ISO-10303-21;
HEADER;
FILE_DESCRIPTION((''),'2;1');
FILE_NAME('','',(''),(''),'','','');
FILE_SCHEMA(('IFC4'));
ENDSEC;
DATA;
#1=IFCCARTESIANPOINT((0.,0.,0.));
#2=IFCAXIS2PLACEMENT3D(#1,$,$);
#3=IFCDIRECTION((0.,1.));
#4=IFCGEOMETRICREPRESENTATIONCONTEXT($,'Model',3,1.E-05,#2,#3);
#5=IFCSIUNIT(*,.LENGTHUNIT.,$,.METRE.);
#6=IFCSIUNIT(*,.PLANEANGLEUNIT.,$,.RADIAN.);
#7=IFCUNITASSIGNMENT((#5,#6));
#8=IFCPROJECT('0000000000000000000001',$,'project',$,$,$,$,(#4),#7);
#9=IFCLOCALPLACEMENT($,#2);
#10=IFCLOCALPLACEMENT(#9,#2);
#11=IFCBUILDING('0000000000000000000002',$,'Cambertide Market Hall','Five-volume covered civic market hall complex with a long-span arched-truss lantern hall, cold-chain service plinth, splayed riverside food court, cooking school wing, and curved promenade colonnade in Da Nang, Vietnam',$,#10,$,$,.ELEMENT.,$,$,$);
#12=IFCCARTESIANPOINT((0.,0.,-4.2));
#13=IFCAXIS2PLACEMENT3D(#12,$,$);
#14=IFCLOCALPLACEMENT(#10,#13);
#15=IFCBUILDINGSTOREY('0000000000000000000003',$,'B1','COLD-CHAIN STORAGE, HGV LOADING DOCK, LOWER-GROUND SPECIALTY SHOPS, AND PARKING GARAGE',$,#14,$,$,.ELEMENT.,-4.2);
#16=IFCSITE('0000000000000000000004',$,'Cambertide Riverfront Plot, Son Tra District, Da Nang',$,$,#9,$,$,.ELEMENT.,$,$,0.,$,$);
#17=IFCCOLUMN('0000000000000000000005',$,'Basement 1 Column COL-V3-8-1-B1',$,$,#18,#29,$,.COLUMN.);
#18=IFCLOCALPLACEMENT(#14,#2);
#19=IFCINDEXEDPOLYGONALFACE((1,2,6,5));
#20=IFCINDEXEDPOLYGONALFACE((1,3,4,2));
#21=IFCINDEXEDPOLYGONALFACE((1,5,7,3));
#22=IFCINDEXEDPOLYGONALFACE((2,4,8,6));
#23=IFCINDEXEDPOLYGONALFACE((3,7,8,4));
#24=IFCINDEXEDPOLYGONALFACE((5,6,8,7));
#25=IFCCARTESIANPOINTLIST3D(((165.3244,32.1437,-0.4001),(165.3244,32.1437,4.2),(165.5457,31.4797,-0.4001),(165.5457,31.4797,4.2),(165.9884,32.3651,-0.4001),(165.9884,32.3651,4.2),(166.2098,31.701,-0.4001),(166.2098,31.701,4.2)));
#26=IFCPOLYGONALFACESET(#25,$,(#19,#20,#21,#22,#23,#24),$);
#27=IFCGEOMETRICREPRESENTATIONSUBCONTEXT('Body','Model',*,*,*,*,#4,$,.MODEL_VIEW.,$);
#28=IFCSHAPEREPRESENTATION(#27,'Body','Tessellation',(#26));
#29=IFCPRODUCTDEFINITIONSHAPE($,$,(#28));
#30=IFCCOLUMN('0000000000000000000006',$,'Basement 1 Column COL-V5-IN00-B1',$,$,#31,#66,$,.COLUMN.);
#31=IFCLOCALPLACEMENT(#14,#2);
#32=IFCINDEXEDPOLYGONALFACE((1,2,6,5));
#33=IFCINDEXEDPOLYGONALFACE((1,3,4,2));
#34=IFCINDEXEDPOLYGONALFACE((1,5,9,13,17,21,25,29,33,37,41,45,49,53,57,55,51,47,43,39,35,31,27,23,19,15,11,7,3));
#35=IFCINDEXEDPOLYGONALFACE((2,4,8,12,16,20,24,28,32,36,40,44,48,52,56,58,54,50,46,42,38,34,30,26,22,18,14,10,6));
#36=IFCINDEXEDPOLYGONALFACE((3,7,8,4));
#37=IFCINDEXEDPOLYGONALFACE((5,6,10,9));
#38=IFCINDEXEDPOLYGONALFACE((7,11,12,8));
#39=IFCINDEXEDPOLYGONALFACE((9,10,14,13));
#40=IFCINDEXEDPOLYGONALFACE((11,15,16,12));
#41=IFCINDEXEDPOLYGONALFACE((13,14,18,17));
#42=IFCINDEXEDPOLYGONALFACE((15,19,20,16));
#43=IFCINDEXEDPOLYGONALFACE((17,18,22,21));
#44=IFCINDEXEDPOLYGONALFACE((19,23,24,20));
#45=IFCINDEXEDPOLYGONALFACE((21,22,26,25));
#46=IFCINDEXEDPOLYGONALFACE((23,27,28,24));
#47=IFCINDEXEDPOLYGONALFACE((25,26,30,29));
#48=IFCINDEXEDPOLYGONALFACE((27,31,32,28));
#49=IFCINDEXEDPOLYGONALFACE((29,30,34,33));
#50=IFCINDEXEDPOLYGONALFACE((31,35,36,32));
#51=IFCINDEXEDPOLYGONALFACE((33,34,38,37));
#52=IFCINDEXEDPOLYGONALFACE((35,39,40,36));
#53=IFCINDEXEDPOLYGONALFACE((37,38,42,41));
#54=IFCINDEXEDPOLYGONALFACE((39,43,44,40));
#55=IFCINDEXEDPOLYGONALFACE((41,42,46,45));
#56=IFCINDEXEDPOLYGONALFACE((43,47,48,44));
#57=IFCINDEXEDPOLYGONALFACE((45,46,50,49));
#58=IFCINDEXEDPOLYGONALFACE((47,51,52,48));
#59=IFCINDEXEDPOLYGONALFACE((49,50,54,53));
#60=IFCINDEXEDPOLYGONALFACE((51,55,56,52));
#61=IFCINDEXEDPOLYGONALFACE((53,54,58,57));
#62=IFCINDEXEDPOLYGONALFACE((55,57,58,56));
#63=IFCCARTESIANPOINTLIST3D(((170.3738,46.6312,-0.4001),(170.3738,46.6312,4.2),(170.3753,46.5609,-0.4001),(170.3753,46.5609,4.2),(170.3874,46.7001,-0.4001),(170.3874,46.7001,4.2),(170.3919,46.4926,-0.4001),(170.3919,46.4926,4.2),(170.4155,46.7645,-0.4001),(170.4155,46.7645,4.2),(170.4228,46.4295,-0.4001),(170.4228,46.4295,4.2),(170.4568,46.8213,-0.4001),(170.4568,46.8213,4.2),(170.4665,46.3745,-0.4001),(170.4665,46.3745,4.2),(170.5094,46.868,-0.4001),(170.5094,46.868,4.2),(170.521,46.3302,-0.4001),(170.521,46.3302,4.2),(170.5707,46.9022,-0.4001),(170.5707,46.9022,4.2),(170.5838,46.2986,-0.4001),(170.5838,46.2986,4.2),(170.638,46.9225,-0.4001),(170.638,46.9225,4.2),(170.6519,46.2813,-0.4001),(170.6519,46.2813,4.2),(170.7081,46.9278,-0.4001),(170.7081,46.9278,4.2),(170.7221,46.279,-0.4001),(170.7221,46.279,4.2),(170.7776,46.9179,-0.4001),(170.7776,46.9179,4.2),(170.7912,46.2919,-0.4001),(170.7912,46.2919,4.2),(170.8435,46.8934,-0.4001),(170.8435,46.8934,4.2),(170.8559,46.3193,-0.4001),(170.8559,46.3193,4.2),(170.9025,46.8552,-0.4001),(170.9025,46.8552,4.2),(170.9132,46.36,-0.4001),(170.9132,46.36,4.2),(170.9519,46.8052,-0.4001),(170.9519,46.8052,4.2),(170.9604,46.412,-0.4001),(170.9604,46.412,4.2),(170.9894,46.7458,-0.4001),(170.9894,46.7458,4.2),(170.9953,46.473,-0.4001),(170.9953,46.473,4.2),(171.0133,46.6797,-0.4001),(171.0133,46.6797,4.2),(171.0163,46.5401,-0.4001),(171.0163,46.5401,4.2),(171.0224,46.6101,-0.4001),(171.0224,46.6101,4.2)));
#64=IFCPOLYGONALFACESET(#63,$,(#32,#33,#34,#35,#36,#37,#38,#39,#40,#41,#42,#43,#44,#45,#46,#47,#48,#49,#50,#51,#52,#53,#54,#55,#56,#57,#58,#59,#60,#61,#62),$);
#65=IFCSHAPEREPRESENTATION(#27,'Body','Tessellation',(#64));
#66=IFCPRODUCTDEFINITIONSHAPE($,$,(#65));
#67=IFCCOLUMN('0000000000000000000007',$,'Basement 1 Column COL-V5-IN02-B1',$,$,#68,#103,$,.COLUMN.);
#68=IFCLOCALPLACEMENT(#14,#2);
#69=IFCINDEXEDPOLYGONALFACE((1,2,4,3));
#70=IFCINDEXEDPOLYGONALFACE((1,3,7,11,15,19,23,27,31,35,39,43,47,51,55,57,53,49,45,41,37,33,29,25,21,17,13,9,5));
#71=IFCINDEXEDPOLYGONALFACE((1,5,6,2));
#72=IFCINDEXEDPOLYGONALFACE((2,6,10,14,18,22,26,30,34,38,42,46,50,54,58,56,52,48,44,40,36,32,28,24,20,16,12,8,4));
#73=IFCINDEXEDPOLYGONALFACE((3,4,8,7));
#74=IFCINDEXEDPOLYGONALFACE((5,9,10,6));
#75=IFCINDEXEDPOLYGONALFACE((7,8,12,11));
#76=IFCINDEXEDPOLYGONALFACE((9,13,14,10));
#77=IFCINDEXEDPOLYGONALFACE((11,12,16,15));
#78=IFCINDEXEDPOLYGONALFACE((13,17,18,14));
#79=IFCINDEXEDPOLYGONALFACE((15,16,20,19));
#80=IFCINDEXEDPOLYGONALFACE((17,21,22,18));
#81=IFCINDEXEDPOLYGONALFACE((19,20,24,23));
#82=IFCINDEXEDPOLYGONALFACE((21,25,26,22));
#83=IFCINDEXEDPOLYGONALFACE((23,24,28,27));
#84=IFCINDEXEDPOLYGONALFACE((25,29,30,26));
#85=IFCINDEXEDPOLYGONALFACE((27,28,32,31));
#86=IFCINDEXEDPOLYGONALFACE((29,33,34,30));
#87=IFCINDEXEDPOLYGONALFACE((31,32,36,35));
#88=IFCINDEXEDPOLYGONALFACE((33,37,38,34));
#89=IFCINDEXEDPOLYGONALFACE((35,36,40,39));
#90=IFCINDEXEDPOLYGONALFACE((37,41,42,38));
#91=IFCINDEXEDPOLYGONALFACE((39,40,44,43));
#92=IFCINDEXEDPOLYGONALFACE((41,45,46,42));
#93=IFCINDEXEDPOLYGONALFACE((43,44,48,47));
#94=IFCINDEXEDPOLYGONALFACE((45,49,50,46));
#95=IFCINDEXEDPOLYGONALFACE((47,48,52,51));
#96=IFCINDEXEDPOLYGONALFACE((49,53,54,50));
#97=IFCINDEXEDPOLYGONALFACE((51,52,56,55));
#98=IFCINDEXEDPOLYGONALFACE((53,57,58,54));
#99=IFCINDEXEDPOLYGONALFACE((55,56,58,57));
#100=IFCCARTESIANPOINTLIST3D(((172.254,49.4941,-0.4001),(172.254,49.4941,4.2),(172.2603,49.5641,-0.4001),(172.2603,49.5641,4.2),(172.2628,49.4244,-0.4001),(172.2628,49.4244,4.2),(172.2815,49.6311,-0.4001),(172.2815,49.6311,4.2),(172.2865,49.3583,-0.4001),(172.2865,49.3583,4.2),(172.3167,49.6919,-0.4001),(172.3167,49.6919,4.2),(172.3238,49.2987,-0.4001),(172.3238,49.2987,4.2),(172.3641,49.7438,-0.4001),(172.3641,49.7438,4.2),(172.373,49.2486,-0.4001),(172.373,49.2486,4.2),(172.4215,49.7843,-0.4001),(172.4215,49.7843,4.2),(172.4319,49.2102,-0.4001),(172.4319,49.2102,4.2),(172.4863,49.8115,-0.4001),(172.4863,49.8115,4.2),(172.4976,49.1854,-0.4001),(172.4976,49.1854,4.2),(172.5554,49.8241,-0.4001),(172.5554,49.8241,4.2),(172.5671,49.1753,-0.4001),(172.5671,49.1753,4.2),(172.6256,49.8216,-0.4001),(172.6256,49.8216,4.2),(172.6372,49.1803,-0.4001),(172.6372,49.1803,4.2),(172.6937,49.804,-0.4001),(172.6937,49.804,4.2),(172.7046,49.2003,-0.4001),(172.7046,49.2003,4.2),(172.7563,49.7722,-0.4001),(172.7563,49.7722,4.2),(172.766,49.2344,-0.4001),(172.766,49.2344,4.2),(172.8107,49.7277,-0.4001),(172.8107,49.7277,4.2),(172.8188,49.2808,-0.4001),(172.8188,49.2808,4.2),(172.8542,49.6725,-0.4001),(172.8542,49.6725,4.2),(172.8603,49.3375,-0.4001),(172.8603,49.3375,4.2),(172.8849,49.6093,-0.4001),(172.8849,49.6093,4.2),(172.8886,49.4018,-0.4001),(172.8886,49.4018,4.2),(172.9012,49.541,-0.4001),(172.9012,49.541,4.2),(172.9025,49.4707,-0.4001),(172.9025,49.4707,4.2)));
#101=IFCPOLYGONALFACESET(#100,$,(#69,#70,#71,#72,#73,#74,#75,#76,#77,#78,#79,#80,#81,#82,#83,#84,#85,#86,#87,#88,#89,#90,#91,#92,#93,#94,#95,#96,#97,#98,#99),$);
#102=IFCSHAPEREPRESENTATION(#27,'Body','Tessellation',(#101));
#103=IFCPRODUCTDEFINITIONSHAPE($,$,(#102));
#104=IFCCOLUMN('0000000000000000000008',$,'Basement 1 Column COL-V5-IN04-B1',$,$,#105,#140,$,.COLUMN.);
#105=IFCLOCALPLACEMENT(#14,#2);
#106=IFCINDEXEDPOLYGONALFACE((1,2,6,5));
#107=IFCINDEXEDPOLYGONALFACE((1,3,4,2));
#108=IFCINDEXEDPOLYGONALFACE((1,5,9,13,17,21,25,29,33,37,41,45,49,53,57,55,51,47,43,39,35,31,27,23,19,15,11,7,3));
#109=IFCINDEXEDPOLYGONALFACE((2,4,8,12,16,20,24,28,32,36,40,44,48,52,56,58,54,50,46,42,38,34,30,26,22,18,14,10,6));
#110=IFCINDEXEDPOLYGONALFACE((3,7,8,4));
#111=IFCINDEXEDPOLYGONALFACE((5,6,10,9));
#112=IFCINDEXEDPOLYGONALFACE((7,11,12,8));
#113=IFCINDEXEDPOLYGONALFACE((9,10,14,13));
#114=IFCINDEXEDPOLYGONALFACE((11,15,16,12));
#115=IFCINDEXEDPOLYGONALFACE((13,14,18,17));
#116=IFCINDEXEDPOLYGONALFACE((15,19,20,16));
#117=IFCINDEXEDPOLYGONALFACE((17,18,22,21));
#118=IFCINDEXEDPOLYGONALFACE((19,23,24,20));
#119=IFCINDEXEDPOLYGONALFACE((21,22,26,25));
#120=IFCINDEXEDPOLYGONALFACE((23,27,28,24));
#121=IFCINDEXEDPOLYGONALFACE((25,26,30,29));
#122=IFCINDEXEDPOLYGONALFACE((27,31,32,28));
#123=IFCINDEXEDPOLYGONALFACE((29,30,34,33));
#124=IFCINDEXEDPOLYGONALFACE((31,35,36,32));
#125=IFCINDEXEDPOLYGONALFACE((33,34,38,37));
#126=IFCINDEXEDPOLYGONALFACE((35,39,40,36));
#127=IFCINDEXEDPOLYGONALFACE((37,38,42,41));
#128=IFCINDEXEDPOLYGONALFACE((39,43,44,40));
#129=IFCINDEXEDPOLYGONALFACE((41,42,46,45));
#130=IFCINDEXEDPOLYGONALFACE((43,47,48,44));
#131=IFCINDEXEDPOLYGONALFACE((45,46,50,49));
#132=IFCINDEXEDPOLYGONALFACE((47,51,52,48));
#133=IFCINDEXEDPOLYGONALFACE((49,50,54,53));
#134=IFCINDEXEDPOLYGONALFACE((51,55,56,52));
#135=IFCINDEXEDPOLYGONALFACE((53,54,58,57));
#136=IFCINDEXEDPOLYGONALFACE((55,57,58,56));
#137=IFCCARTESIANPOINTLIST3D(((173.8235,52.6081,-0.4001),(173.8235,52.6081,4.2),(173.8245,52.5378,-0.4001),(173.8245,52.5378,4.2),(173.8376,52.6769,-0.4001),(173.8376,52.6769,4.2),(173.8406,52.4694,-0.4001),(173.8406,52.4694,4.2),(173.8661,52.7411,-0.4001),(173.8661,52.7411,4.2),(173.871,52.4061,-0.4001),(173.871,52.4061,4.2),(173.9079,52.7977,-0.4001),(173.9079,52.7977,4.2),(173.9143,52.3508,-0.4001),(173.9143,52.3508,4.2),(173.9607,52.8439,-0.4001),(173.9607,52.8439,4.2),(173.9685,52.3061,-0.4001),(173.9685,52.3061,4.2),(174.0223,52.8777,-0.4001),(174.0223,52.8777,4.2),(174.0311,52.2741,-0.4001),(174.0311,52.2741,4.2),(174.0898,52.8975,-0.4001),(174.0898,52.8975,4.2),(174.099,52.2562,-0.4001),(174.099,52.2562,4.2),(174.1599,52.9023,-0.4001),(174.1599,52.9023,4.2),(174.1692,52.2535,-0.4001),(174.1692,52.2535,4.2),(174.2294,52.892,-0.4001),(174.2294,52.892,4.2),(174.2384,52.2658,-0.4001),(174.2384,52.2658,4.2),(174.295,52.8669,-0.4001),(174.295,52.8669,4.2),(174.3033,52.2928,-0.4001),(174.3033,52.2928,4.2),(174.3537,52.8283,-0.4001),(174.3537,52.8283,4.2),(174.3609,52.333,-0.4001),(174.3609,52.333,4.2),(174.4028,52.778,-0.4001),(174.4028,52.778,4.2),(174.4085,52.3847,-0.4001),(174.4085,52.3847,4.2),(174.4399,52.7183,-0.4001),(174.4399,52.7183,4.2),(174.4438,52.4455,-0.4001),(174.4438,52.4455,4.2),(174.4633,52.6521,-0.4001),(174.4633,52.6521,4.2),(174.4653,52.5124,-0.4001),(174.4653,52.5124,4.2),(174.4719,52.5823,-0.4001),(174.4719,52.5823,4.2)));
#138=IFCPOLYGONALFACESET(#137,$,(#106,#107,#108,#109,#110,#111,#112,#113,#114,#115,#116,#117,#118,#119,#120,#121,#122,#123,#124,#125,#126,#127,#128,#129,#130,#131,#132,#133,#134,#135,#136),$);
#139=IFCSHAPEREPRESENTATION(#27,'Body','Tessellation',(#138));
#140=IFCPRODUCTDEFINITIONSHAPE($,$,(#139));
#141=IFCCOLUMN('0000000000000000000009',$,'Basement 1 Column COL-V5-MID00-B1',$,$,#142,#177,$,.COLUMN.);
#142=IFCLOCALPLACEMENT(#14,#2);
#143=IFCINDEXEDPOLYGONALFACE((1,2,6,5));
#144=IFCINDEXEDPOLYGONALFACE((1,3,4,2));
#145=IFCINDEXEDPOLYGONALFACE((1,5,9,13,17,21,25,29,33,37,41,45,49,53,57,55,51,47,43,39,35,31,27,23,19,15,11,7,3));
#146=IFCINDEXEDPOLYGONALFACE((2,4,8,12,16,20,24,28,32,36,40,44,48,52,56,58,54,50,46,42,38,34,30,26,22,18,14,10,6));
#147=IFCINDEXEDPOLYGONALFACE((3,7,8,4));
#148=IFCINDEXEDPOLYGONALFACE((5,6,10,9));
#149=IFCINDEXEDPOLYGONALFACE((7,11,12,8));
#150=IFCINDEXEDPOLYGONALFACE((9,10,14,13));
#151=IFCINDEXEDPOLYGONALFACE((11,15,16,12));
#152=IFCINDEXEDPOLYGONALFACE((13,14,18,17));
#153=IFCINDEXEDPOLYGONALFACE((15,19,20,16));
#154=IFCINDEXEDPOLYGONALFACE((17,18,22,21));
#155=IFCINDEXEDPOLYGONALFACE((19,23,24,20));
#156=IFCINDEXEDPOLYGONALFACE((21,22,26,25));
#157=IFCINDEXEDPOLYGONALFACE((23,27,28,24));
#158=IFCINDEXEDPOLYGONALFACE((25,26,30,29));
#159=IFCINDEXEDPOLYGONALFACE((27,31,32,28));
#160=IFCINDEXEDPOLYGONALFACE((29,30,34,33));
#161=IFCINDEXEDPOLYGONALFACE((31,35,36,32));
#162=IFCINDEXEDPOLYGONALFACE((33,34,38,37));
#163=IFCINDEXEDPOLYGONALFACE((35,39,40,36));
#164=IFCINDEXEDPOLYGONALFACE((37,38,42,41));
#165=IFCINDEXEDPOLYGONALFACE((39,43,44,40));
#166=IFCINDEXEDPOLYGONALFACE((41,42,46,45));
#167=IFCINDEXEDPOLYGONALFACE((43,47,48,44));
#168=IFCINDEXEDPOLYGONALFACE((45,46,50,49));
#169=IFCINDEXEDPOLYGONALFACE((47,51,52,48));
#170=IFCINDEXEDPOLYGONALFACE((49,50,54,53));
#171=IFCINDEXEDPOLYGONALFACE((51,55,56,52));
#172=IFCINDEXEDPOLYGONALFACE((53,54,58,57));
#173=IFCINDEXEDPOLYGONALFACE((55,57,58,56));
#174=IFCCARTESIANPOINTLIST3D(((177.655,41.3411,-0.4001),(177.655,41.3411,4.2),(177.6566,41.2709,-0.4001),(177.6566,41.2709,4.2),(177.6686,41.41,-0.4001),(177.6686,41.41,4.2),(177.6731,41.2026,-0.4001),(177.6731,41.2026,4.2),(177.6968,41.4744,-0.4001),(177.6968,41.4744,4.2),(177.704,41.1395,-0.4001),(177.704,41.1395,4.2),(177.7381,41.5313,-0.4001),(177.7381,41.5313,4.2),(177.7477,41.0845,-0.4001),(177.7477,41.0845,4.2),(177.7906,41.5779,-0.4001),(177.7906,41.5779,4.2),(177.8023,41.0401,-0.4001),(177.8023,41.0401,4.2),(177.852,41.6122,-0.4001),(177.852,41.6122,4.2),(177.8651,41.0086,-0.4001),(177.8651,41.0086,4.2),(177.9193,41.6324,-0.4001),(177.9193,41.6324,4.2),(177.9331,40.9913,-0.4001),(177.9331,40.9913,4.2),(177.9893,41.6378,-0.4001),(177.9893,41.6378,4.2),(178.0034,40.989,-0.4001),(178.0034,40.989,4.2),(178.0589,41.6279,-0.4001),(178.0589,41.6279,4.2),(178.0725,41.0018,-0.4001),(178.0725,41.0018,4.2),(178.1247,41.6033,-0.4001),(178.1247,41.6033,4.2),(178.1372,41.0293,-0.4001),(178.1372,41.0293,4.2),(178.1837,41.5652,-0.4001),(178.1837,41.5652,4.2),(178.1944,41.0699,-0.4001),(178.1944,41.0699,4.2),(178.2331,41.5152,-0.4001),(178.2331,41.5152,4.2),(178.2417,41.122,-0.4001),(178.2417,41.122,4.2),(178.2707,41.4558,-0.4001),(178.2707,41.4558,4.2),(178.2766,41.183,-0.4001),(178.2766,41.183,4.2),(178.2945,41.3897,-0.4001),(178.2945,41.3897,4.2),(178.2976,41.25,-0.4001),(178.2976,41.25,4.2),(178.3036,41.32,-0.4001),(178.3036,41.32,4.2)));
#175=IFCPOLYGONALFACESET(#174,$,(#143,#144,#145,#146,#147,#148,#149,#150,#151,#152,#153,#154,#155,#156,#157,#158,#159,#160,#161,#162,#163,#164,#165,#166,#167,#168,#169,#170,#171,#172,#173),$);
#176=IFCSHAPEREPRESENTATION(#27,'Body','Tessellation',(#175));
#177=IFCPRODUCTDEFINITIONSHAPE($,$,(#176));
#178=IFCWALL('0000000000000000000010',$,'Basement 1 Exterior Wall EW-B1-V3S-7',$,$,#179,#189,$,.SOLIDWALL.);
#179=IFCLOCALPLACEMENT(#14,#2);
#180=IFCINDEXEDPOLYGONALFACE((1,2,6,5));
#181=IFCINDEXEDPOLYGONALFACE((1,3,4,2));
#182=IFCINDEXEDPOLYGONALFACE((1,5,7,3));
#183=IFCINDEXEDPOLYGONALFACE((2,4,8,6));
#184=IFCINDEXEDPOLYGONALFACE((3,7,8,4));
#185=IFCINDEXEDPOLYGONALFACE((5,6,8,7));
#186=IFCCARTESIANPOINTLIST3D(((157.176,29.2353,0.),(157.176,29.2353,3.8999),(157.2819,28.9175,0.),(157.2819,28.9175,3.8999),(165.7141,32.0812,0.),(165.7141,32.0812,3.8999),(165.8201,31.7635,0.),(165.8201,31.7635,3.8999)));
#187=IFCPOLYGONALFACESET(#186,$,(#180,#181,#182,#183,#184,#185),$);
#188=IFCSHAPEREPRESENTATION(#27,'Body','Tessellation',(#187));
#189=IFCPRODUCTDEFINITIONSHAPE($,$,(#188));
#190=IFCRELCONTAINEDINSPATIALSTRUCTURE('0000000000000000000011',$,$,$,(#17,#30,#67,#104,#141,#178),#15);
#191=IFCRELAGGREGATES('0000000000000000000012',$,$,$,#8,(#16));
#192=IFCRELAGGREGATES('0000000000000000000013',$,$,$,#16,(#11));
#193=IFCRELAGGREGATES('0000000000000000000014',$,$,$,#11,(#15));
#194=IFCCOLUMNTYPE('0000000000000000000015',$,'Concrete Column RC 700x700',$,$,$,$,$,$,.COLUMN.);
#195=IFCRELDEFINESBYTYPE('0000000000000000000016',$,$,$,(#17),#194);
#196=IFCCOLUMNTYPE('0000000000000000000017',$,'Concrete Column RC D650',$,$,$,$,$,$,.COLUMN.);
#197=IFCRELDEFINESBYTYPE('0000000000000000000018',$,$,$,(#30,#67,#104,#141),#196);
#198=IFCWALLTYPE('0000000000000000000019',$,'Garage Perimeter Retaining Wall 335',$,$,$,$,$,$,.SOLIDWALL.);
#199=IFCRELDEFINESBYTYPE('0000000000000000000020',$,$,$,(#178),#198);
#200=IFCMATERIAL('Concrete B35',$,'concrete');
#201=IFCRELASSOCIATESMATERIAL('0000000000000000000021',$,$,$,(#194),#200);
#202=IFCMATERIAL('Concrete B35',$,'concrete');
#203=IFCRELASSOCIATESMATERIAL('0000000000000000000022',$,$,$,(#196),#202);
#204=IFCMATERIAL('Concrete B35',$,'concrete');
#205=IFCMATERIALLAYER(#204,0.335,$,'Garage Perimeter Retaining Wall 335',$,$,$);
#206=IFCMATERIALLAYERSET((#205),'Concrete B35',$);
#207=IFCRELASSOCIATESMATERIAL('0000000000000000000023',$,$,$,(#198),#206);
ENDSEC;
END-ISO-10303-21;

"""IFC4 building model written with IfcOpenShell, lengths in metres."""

from ifc_helpers import new_model, si_unit, direction, frame, frame_2d, origin, origin_2d, place, context, subcontext, project, spatial, rectangle, circle, extrude, material, layer, layer_set, material_profile, profile_set, type_object, element, save


model = new_model("IFC4")

# Units and contexts
model_context = context("Model", 3, precision=1e-05, world=origin(), true_north=direction((0.0, 1.0)))
body_context = subcontext(model_context, "Body", "Model", "MODEL_VIEW")
ifc_project = project(units=[si_unit("LENGTHUNIT", "METRE"), si_unit("PLANEANGLEUNIT", "RADIAN")], contexts=[model_context])

# Site, building, storey
site_placement = place(None, origin())
site = spatial("IfcSite", under=ifc_project, at=site_placement, Name="Cambertide Riverfront Plot, Son Tra District, Da Nang", CompositionType="ELEMENT", RefElevation=0.0)
building_placement = place(site_placement, origin())
building = spatial("IfcBuilding", under=site, at=building_placement, Name="Cambertide Market Hall", Description="Five-volume covered civic market hall complex with a long-span arched-truss lantern hall, cold-chain service plinth, splayed riverside food court, cooking school wing, and curved promenade colonnade in Da Nang, Vietnam", CompositionType="ELEMENT")
storey_placement = place(building_placement, frame((0.0, 0.0, -4.2)))
storey = spatial("IfcBuildingStorey", under=building, at=storey_placement, Name="B1", Description="COLD-CHAIN STORAGE, HGV LOADING DOCK, LOWER-GROUND SPECIALTY SHOPS, AND PARKING GARAGE", CompositionType="ELEMENT", Elevation=-4.2)

# Columns
ifc_material_1 = material(Name="Concrete B35", Category="concrete")
ifc_material_profile_1 = material_profile(ifc_material_1, rectangle(XDim=0.7, YDim=0.7, at=origin_2d()), Name="RC 700x700")
ifc_profile_set_1 = profile_set([ifc_material_profile_1], Name="Concrete B35")
column_type_1 = type_object("IfcColumnType", Name="Concrete Column RC 700x700", PredefinedType="COLUMN", material=ifc_profile_set_1)
column_placement = place(storey_placement, frame((165.7671, 31.9224, -0.4001), z_axis=(0.0, 0.0, 1.0), x_axis=(0.948683, 0.316228, 0.0)))
element("IfcColumn", 1, at=column_placement, inside=storey, type_object=column_type_1, Name="Basement 1 Column COL-V3-8-1-B1", PredefinedType="COLUMN", context=body_context, shape_type="SweptSolid", body=[
    extrude(rectangle(XDim=0.7, YDim=0.7, at=origin_2d()), origin(), (0.0, 0.0, 1.0), 4.6001),
])
ifc_material_2 = material(Name="Concrete B35", Category="concrete")
ifc_material_profile_2 = material_profile(ifc_material_2, circle(Radius=0.325, at=origin_2d()), Name="RC D650")
ifc_profile_set_2 = profile_set([ifc_material_profile_2], Name="Concrete B35")
column_type_2 = type_object("IfcColumnType", Name="Concrete Column RC D650", PredefinedType="COLUMN", material=ifc_profile_set_2)
for number, where, z_axis, x_axis, name in (
    (2, (170.6975, 46.603, -0.4001), (0.0, 0.0, 1.0), (0.809017, -0.587785, 0.0), "Basement 1 Column COL-V5-IN00-B1"),
    (3, (172.5789, 49.5, -0.4001), (0.0, 0.0, 1.0), (0.866025, -0.5, 0.0), "Basement 1 Column COL-V5-IN02-B1"),
    (4, (174.147, 52.5776, -0.4001), (0.0, 0.0, 1.0), (0.913545, -0.406737, 0.0), "Basement 1 Column COL-V5-IN04-B1"),
    (5, (177.9788, 41.313, -0.4001), (0.0, 0.0, 1.0), (0.809017, -0.587785, 0.0), "Basement 1 Column COL-V5-MID00-B1"),
):
    element("IfcColumn", number, at=place(storey_placement, frame(where, z_axis=z_axis, x_axis=x_axis)), inside=storey, type_object=column_type_2, Name=name, PredefinedType="COLUMN", context=body_context, shape_type="SweptSolid", body=[
        extrude(circle(Radius=0.325, at=origin_2d()), origin(), (0.0, 0.0, 1.0), 4.6001),
    ])

# Wall
ifc_material_3 = material(Name="Concrete B35", Category="concrete")
ifc_layer = layer(ifc_material_3, 0.335, Name="Garage Perimeter Retaining Wall 335")
ifc_layer_set = layer_set([ifc_layer], Name="Concrete B35")
wall_type = type_object("IfcWallType", Name="Garage Perimeter Retaining Wall 335", PredefinedType="SOLIDWALL", material=ifc_layer_set)
wall_placement = place(storey_placement, frame((165.7671, 31.9224, 0.0), z_axis=(0.0, 0.0, 1.0), x_axis=(-0.948686, -0.31622, 0.0)))
element("IfcWall", 6, at=wall_placement, inside=storey, type_object=wall_type, Name="Basement 1 Exterior Wall EW-B1-V3S-7", PredefinedType="SOLIDWALL", context=body_context, shape_type="SweptSolid", body=[
    extrude(rectangle(XDim=9.0, YDim=0.335, at=frame_2d((4.5, 0.0))), origin(), (0.0, 0.0, 1.0), 3.8999),
])

save(model, "model.ifc")
